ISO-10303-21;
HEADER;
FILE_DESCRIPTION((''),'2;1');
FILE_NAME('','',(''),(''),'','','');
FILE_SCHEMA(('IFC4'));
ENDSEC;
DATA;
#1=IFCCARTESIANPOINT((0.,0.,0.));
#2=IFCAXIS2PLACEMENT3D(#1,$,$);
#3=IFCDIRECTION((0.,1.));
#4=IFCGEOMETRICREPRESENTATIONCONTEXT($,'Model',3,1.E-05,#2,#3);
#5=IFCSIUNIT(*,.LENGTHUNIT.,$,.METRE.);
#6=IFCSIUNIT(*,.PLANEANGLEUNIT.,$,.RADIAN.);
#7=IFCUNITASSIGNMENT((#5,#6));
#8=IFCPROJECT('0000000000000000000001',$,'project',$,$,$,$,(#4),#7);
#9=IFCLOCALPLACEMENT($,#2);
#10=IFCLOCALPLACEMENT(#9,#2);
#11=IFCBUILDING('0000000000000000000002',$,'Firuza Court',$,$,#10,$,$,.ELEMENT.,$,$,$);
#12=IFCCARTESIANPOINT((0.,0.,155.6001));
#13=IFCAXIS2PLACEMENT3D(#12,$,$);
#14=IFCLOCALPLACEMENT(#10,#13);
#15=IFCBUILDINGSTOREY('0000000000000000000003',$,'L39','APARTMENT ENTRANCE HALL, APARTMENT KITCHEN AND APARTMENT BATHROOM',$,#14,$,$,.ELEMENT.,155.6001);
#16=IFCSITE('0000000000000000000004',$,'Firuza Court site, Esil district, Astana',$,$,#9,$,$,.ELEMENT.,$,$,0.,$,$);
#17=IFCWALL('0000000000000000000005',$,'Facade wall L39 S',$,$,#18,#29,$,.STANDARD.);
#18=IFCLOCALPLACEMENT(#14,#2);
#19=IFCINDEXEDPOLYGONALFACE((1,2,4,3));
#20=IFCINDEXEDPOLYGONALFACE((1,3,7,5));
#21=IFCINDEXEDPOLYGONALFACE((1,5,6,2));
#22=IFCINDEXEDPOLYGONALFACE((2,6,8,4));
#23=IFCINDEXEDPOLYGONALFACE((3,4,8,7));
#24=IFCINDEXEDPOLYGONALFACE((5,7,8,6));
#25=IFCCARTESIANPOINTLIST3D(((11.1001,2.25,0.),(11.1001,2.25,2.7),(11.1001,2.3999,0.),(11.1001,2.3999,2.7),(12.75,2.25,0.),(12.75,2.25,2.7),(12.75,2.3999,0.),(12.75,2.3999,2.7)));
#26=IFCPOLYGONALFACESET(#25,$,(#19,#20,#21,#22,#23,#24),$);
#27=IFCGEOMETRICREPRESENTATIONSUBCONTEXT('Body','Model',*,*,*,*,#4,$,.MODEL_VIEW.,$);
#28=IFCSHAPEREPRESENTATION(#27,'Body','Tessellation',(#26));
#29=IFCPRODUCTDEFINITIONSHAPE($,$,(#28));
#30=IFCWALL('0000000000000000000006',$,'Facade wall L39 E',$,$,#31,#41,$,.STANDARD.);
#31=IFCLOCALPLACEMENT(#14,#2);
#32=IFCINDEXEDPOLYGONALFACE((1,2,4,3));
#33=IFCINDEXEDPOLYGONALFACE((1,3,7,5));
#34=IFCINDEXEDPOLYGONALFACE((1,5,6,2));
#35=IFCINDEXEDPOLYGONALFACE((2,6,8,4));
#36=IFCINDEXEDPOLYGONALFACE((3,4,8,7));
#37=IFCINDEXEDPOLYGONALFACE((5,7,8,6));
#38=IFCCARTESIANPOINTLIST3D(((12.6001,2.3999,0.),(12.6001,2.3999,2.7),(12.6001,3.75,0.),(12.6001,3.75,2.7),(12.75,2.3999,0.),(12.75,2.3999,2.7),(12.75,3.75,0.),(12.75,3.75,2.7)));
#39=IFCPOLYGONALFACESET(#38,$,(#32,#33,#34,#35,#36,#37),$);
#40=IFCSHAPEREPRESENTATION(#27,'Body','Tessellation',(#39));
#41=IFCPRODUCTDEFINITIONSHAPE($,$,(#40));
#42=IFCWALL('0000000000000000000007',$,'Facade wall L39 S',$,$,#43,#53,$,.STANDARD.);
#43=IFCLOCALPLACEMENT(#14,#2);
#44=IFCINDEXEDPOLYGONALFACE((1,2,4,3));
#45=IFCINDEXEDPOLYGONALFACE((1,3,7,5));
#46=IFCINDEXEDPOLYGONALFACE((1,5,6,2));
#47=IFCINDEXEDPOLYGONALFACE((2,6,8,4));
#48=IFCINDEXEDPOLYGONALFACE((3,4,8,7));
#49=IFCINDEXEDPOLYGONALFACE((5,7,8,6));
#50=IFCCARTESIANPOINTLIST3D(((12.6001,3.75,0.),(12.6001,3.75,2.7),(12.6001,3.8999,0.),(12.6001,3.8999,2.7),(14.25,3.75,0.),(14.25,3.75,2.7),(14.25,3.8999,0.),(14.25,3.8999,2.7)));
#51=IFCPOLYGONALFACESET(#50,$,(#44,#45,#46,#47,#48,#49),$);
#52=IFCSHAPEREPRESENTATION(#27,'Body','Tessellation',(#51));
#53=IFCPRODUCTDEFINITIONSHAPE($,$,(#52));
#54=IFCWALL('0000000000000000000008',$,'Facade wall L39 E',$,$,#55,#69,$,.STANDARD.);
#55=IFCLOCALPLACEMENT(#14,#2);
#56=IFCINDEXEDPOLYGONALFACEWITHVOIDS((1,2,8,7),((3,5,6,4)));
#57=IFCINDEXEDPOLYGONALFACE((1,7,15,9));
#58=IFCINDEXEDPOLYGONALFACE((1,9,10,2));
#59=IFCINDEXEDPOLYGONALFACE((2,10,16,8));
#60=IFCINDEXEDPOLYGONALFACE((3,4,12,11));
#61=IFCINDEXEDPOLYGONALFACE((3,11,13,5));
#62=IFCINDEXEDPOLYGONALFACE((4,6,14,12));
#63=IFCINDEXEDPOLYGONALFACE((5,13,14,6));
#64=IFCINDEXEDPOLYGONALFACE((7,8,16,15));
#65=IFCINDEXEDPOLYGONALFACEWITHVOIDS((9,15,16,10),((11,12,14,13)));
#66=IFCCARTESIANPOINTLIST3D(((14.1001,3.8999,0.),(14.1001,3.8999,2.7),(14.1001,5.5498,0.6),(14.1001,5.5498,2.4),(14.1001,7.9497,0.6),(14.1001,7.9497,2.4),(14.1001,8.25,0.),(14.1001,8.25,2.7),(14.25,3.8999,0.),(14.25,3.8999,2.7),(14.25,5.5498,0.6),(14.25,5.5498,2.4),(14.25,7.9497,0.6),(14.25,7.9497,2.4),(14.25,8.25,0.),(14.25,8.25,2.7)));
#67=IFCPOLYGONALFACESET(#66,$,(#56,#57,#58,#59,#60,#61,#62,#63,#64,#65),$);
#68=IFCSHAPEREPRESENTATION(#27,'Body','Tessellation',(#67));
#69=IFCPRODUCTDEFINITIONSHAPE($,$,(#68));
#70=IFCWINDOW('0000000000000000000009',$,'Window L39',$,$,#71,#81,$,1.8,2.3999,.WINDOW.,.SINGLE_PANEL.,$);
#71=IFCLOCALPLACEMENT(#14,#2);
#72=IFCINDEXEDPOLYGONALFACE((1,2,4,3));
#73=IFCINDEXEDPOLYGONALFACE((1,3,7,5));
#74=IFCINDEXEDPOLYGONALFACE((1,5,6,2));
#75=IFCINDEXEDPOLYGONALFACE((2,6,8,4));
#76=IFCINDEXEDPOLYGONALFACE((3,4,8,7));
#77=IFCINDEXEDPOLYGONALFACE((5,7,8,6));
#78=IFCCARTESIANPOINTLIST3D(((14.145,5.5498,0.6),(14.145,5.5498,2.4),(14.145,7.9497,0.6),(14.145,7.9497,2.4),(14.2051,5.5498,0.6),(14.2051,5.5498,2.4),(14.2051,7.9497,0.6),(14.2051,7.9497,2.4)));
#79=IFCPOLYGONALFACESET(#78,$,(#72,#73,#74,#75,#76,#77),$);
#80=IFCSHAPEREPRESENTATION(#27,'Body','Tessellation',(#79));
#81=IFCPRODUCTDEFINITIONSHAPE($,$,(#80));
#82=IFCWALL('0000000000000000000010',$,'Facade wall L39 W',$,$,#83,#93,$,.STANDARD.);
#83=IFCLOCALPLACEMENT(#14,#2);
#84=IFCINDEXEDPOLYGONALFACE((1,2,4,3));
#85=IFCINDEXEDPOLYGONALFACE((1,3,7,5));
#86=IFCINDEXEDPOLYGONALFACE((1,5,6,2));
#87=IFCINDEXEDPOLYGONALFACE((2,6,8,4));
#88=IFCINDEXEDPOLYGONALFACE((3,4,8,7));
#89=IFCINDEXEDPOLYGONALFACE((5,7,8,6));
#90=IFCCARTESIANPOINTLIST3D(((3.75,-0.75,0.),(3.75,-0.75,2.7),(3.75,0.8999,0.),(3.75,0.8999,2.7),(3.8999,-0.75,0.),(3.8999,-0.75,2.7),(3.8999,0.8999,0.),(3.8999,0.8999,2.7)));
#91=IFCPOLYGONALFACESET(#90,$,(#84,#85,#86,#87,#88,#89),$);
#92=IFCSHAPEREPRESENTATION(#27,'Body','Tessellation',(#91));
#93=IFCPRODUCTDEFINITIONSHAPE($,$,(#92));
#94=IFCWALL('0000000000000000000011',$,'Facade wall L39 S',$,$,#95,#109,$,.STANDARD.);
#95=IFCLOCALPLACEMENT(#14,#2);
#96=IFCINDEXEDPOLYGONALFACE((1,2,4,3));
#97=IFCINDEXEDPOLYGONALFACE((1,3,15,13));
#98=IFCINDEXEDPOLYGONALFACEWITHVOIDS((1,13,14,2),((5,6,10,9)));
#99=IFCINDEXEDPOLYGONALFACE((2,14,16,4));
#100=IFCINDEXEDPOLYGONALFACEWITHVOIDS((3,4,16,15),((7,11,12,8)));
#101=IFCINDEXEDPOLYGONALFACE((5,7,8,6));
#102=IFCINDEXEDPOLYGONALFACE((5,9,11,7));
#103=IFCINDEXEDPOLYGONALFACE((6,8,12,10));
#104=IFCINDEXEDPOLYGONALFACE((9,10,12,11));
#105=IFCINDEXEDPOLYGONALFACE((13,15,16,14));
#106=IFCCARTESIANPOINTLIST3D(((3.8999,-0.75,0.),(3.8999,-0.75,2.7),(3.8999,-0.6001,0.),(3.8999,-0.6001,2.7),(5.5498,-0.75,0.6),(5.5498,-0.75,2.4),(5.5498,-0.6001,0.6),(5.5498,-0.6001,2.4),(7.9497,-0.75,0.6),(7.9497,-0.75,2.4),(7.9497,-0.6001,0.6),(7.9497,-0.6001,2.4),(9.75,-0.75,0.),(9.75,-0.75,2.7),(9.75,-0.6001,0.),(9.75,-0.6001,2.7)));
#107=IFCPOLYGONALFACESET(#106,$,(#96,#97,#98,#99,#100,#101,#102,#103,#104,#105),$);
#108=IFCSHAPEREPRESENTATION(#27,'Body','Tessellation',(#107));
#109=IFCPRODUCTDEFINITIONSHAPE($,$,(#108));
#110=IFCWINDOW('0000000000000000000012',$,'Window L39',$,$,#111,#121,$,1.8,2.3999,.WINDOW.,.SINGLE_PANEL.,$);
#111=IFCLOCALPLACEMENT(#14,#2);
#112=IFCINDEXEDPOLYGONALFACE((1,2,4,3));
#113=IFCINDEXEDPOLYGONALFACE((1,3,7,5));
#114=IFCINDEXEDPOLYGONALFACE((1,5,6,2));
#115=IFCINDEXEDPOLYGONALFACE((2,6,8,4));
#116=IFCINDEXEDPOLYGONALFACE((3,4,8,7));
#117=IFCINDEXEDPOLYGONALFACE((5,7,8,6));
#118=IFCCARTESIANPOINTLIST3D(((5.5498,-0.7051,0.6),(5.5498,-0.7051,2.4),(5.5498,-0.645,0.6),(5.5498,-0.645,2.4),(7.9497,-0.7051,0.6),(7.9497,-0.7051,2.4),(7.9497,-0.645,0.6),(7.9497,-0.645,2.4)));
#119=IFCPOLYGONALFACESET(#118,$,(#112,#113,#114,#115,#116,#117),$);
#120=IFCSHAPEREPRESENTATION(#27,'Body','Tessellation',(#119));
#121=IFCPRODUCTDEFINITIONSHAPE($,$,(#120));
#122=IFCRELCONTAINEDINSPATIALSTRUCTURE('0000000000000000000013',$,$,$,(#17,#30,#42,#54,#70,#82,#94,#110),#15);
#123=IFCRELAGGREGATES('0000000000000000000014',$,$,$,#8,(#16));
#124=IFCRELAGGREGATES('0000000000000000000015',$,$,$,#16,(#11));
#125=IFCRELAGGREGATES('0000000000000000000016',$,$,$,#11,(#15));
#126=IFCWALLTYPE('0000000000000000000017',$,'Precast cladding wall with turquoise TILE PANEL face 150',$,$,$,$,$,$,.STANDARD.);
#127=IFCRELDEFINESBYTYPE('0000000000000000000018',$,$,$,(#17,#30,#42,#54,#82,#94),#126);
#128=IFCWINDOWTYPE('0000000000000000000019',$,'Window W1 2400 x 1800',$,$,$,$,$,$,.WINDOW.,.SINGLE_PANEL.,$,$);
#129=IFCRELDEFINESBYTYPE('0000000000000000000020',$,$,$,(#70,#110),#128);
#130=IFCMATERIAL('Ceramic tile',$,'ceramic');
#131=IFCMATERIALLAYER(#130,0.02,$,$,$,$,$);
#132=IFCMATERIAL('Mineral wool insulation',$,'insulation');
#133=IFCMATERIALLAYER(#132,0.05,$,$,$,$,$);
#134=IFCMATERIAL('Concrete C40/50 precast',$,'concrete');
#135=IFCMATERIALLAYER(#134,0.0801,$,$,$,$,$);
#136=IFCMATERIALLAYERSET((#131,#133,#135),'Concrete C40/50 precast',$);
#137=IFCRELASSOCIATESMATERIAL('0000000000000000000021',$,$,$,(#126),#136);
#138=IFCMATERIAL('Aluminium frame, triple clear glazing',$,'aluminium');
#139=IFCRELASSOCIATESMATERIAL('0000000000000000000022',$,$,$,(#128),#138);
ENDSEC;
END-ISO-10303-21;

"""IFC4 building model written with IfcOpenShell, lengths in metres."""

from ifc_helpers import new_model, si_unit, direction, frame, frame_2d, origin, place, context, subcontext, project, spatial, rectangle, extrude, material, layer, layer_set, type_object, element, fill, save


model = new_model("IFC4")

# Units and contexts
model_context = context("Model", 3, precision=1e-05, world=origin(), true_north=direction((0.0, 1.0)))
body_context = subcontext(model_context, "Body", "Model", "MODEL_VIEW")
ifc_project = project(units=[si_unit("LENGTHUNIT", "METRE"), si_unit("PLANEANGLEUNIT", "RADIAN")], contexts=[model_context])

# Site, building, storey
site_placement = place(None, origin())
site = spatial("IfcSite", under=ifc_project, at=site_placement, Name="Firuza Court site, Esil district, Astana", CompositionType="ELEMENT", RefElevation=0.0)
building_placement = place(site_placement, origin())
building = spatial("IfcBuilding", under=site, at=building_placement, Name="Firuza Court", CompositionType="ELEMENT")
storey_placement = place(building_placement, frame((0.0, 0.0, 155.6001)))
storey = spatial("IfcBuildingStorey", under=building, at=storey_placement, Name="L39", Description="APARTMENT ENTRANCE HALL, APARTMENT KITCHEN AND APARTMENT BATHROOM", CompositionType="ELEMENT", Elevation=155.6001)

# Walls
ifc_material_1 = material(Name="Ceramic tile", Category="ceramic")
ifc_layer_1 = layer(ifc_material_1, 0.02)
ifc_material_2 = material(Name="Mineral wool insulation", Category="insulation")
ifc_layer_2 = layer(ifc_material_2, 0.05)
ifc_material_3 = material(Name="Concrete C40/50 precast", Category="concrete")
ifc_layer_3 = layer(ifc_material_3, 0.0801)
ifc_layer_set_1 = layer_set([ifc_layer_1, ifc_layer_2, ifc_layer_3], Name="Concrete C40/50 precast")
wall_type_1 = type_object("IfcWallType", Name="Precast cladding wall with turquoise TILE PANEL face 150", PredefinedType="STANDARD", material=ifc_layer_set_1)
wall_1_placement = place(storey_placement, frame((11.1001, 2.325, 0.0), z_axis=(0.0, 0.0, 1.0), x_axis=(1.0, 0.0, 0.0)))
element("IfcWall", 1, at=wall_1_placement, inside=storey, type_object=wall_type_1, Name="Facade wall L39 S", PredefinedType="STANDARD", context=body_context, shape_type="SweptSolid", body=[
    extrude(rectangle(XDim=1.6499, YDim=0.1499, at=frame_2d((0.825, 0.0))), origin(), (0.0, 0.0, 1.0), 2.7),
])
wall_2_placement = place(storey_placement, frame((12.675, 2.3999, 0.0), z_axis=(0.0, 0.0, 1.0), x_axis=(0.0, 1.0, 0.0)))
element("IfcWall", 2, at=wall_2_placement, inside=storey, type_object=wall_type_1, Name="Facade wall L39 E", PredefinedType="STANDARD", context=body_context, shape_type="SweptSolid", body=[
    extrude(rectangle(XDim=1.3501, YDim=0.1499, at=frame_2d((0.675, 0.0))), origin(), (0.0, 0.0, 1.0), 2.7),
])
wall_3_placement = place(storey_placement, frame((12.6001, 3.825, 0.0), z_axis=(0.0, 0.0, 1.0), x_axis=(1.0, 0.0, 0.0)))
element("IfcWall", 3, at=wall_3_placement, inside=storey, type_object=wall_type_1, Name="Facade wall L39 S", PredefinedType="STANDARD", context=body_context, shape_type="SweptSolid", body=[
    extrude(rectangle(XDim=1.6499, YDim=0.1499, at=frame_2d((0.825, 0.0))), origin(), (0.0, 0.0, 1.0), 2.7),
])

# Wall, opening, window
wall_4_placement = place(storey_placement, frame((14.175, 3.8999, 0.0), z_axis=(0.0, 0.0, 1.0), x_axis=(0.0, 1.0, 0.0)))
wall_4 = element("IfcWall", 4, at=wall_4_placement, inside=storey, type_object=wall_type_1, Name="Facade wall L39 E", PredefinedType="STANDARD", context=body_context, shape_type="SweptSolid", body=[
    extrude(rectangle(XDim=4.3501, YDim=0.1499, at=frame_2d((2.175, 0.0))), origin(), (0.0, 0.0, 1.0), 2.7),
])
opening_1_placement = place(wall_4_placement, frame((1.6499, 0.0, 0.6001)))
opening_1 = element("IfcOpeningElement", 5, at=opening_1_placement, cuts=wall_4, PredefinedType="OPENING", context=body_context, shape_type="SweptSolid", body=[
    extrude(rectangle(XDim=2.3999, YDim=1.8, at=frame_2d((1.2, 0.8999))), frame((0.0, 0.0869, 0.0), z_axis=(0.0, -1.0, 0.0), x_axis=(1.0, 0.0, 0.0)), (0.0, 0.0, 1.0), 0.1738),
])
ifc_material_4 = material(Name="Aluminium frame, triple clear glazing", Category="aluminium")
window_type = type_object("IfcWindowType", Name="Window W1 2400 x 1800", PartitioningType="SINGLE_PANEL", PredefinedType="WINDOW", material=ifc_material_4)
window_1_placement = place(opening_1_placement, origin())
window_1 = element("IfcWindow", 6, at=window_1_placement, inside=storey, type_object=window_type, Name="Window L39", OverallHeight=1.8, OverallWidth=2.3999, PartitioningType="SINGLE_PANEL", PredefinedType="WINDOW", context=body_context, shape_type="SweptSolid", body=[
    extrude(rectangle(XDim=2.3999, YDim=1.8, at=frame_2d((1.2, 0.8999))), frame((0.0, 0.03, 0.0), z_axis=(0.0, -1.0, 0.0), x_axis=(1.0, 0.0, 0.0)), (0.0, 0.0, 1.0), 0.0601),
])
fill(opening_1, window_1)

# Wall
wall_5_placement = place(storey_placement, frame((3.825, 0.8999, 0.0), z_axis=(0.0, 0.0, 1.0), x_axis=(0.0, -1.0, 0.0)))
element("IfcWall", 7, at=wall_5_placement, inside=storey, type_object=wall_type_1, Name="Facade wall L39 W", PredefinedType="STANDARD", context=body_context, shape_type="SweptSolid", body=[
    extrude(rectangle(XDim=1.6499, YDim=0.1499, at=frame_2d((0.825, 0.0))), origin(), (0.0, 0.0, 1.0), 2.7),
])

# Wall, opening, window
wall_6_placement = place(storey_placement, frame((3.8999, -0.675, 0.0), z_axis=(0.0, 0.0, 1.0), x_axis=(1.0, 0.0, 0.0)))
wall_6 = element("IfcWall", 8, at=wall_6_placement, inside=storey, type_object=wall_type_1, Name="Facade wall L39 S", PredefinedType="STANDARD", context=body_context, shape_type="SweptSolid", body=[
    extrude(rectangle(XDim=5.8501, YDim=0.1499, at=frame_2d((2.925, 0.0))), origin(), (0.0, 0.0, 1.0), 2.7),
])
opening_2_placement = place(wall_6_placement, frame((1.6499, 0.0, 0.6001)))
opening_2 = element("IfcOpeningElement", 9, at=opening_2_placement, cuts=wall_6, PredefinedType="OPENING", context=body_context, shape_type="SweptSolid", body=[
    extrude(rectangle(XDim=2.3999, YDim=1.8, at=frame_2d((1.2, 0.8999))), frame((0.0, 0.0869, 0.0), z_axis=(0.0, -1.0, 0.0), x_axis=(1.0, 0.0, 0.0)), (0.0, 0.0, 1.0), 0.1738),
])
window_2_placement = place(opening_2_placement, origin())
window_2 = element("IfcWindow", 10, at=window_2_placement, inside=storey, type_object=window_type, Name="Window L39", OverallHeight=1.8, OverallWidth=2.3999, PartitioningType="SINGLE_PANEL", PredefinedType="WINDOW", context=body_context, shape_type="SweptSolid", body=[
    extrude(rectangle(XDim=2.3999, YDim=1.8, at=frame_2d((1.2, 0.8999))), frame((0.0, 0.03, 0.0), z_axis=(0.0, -1.0, 0.0), x_axis=(1.0, 0.0, 0.0)), (0.0, 0.0, 1.0), 0.0601),
])
fill(opening_2, window_2)

save(model, "model.ifc")
